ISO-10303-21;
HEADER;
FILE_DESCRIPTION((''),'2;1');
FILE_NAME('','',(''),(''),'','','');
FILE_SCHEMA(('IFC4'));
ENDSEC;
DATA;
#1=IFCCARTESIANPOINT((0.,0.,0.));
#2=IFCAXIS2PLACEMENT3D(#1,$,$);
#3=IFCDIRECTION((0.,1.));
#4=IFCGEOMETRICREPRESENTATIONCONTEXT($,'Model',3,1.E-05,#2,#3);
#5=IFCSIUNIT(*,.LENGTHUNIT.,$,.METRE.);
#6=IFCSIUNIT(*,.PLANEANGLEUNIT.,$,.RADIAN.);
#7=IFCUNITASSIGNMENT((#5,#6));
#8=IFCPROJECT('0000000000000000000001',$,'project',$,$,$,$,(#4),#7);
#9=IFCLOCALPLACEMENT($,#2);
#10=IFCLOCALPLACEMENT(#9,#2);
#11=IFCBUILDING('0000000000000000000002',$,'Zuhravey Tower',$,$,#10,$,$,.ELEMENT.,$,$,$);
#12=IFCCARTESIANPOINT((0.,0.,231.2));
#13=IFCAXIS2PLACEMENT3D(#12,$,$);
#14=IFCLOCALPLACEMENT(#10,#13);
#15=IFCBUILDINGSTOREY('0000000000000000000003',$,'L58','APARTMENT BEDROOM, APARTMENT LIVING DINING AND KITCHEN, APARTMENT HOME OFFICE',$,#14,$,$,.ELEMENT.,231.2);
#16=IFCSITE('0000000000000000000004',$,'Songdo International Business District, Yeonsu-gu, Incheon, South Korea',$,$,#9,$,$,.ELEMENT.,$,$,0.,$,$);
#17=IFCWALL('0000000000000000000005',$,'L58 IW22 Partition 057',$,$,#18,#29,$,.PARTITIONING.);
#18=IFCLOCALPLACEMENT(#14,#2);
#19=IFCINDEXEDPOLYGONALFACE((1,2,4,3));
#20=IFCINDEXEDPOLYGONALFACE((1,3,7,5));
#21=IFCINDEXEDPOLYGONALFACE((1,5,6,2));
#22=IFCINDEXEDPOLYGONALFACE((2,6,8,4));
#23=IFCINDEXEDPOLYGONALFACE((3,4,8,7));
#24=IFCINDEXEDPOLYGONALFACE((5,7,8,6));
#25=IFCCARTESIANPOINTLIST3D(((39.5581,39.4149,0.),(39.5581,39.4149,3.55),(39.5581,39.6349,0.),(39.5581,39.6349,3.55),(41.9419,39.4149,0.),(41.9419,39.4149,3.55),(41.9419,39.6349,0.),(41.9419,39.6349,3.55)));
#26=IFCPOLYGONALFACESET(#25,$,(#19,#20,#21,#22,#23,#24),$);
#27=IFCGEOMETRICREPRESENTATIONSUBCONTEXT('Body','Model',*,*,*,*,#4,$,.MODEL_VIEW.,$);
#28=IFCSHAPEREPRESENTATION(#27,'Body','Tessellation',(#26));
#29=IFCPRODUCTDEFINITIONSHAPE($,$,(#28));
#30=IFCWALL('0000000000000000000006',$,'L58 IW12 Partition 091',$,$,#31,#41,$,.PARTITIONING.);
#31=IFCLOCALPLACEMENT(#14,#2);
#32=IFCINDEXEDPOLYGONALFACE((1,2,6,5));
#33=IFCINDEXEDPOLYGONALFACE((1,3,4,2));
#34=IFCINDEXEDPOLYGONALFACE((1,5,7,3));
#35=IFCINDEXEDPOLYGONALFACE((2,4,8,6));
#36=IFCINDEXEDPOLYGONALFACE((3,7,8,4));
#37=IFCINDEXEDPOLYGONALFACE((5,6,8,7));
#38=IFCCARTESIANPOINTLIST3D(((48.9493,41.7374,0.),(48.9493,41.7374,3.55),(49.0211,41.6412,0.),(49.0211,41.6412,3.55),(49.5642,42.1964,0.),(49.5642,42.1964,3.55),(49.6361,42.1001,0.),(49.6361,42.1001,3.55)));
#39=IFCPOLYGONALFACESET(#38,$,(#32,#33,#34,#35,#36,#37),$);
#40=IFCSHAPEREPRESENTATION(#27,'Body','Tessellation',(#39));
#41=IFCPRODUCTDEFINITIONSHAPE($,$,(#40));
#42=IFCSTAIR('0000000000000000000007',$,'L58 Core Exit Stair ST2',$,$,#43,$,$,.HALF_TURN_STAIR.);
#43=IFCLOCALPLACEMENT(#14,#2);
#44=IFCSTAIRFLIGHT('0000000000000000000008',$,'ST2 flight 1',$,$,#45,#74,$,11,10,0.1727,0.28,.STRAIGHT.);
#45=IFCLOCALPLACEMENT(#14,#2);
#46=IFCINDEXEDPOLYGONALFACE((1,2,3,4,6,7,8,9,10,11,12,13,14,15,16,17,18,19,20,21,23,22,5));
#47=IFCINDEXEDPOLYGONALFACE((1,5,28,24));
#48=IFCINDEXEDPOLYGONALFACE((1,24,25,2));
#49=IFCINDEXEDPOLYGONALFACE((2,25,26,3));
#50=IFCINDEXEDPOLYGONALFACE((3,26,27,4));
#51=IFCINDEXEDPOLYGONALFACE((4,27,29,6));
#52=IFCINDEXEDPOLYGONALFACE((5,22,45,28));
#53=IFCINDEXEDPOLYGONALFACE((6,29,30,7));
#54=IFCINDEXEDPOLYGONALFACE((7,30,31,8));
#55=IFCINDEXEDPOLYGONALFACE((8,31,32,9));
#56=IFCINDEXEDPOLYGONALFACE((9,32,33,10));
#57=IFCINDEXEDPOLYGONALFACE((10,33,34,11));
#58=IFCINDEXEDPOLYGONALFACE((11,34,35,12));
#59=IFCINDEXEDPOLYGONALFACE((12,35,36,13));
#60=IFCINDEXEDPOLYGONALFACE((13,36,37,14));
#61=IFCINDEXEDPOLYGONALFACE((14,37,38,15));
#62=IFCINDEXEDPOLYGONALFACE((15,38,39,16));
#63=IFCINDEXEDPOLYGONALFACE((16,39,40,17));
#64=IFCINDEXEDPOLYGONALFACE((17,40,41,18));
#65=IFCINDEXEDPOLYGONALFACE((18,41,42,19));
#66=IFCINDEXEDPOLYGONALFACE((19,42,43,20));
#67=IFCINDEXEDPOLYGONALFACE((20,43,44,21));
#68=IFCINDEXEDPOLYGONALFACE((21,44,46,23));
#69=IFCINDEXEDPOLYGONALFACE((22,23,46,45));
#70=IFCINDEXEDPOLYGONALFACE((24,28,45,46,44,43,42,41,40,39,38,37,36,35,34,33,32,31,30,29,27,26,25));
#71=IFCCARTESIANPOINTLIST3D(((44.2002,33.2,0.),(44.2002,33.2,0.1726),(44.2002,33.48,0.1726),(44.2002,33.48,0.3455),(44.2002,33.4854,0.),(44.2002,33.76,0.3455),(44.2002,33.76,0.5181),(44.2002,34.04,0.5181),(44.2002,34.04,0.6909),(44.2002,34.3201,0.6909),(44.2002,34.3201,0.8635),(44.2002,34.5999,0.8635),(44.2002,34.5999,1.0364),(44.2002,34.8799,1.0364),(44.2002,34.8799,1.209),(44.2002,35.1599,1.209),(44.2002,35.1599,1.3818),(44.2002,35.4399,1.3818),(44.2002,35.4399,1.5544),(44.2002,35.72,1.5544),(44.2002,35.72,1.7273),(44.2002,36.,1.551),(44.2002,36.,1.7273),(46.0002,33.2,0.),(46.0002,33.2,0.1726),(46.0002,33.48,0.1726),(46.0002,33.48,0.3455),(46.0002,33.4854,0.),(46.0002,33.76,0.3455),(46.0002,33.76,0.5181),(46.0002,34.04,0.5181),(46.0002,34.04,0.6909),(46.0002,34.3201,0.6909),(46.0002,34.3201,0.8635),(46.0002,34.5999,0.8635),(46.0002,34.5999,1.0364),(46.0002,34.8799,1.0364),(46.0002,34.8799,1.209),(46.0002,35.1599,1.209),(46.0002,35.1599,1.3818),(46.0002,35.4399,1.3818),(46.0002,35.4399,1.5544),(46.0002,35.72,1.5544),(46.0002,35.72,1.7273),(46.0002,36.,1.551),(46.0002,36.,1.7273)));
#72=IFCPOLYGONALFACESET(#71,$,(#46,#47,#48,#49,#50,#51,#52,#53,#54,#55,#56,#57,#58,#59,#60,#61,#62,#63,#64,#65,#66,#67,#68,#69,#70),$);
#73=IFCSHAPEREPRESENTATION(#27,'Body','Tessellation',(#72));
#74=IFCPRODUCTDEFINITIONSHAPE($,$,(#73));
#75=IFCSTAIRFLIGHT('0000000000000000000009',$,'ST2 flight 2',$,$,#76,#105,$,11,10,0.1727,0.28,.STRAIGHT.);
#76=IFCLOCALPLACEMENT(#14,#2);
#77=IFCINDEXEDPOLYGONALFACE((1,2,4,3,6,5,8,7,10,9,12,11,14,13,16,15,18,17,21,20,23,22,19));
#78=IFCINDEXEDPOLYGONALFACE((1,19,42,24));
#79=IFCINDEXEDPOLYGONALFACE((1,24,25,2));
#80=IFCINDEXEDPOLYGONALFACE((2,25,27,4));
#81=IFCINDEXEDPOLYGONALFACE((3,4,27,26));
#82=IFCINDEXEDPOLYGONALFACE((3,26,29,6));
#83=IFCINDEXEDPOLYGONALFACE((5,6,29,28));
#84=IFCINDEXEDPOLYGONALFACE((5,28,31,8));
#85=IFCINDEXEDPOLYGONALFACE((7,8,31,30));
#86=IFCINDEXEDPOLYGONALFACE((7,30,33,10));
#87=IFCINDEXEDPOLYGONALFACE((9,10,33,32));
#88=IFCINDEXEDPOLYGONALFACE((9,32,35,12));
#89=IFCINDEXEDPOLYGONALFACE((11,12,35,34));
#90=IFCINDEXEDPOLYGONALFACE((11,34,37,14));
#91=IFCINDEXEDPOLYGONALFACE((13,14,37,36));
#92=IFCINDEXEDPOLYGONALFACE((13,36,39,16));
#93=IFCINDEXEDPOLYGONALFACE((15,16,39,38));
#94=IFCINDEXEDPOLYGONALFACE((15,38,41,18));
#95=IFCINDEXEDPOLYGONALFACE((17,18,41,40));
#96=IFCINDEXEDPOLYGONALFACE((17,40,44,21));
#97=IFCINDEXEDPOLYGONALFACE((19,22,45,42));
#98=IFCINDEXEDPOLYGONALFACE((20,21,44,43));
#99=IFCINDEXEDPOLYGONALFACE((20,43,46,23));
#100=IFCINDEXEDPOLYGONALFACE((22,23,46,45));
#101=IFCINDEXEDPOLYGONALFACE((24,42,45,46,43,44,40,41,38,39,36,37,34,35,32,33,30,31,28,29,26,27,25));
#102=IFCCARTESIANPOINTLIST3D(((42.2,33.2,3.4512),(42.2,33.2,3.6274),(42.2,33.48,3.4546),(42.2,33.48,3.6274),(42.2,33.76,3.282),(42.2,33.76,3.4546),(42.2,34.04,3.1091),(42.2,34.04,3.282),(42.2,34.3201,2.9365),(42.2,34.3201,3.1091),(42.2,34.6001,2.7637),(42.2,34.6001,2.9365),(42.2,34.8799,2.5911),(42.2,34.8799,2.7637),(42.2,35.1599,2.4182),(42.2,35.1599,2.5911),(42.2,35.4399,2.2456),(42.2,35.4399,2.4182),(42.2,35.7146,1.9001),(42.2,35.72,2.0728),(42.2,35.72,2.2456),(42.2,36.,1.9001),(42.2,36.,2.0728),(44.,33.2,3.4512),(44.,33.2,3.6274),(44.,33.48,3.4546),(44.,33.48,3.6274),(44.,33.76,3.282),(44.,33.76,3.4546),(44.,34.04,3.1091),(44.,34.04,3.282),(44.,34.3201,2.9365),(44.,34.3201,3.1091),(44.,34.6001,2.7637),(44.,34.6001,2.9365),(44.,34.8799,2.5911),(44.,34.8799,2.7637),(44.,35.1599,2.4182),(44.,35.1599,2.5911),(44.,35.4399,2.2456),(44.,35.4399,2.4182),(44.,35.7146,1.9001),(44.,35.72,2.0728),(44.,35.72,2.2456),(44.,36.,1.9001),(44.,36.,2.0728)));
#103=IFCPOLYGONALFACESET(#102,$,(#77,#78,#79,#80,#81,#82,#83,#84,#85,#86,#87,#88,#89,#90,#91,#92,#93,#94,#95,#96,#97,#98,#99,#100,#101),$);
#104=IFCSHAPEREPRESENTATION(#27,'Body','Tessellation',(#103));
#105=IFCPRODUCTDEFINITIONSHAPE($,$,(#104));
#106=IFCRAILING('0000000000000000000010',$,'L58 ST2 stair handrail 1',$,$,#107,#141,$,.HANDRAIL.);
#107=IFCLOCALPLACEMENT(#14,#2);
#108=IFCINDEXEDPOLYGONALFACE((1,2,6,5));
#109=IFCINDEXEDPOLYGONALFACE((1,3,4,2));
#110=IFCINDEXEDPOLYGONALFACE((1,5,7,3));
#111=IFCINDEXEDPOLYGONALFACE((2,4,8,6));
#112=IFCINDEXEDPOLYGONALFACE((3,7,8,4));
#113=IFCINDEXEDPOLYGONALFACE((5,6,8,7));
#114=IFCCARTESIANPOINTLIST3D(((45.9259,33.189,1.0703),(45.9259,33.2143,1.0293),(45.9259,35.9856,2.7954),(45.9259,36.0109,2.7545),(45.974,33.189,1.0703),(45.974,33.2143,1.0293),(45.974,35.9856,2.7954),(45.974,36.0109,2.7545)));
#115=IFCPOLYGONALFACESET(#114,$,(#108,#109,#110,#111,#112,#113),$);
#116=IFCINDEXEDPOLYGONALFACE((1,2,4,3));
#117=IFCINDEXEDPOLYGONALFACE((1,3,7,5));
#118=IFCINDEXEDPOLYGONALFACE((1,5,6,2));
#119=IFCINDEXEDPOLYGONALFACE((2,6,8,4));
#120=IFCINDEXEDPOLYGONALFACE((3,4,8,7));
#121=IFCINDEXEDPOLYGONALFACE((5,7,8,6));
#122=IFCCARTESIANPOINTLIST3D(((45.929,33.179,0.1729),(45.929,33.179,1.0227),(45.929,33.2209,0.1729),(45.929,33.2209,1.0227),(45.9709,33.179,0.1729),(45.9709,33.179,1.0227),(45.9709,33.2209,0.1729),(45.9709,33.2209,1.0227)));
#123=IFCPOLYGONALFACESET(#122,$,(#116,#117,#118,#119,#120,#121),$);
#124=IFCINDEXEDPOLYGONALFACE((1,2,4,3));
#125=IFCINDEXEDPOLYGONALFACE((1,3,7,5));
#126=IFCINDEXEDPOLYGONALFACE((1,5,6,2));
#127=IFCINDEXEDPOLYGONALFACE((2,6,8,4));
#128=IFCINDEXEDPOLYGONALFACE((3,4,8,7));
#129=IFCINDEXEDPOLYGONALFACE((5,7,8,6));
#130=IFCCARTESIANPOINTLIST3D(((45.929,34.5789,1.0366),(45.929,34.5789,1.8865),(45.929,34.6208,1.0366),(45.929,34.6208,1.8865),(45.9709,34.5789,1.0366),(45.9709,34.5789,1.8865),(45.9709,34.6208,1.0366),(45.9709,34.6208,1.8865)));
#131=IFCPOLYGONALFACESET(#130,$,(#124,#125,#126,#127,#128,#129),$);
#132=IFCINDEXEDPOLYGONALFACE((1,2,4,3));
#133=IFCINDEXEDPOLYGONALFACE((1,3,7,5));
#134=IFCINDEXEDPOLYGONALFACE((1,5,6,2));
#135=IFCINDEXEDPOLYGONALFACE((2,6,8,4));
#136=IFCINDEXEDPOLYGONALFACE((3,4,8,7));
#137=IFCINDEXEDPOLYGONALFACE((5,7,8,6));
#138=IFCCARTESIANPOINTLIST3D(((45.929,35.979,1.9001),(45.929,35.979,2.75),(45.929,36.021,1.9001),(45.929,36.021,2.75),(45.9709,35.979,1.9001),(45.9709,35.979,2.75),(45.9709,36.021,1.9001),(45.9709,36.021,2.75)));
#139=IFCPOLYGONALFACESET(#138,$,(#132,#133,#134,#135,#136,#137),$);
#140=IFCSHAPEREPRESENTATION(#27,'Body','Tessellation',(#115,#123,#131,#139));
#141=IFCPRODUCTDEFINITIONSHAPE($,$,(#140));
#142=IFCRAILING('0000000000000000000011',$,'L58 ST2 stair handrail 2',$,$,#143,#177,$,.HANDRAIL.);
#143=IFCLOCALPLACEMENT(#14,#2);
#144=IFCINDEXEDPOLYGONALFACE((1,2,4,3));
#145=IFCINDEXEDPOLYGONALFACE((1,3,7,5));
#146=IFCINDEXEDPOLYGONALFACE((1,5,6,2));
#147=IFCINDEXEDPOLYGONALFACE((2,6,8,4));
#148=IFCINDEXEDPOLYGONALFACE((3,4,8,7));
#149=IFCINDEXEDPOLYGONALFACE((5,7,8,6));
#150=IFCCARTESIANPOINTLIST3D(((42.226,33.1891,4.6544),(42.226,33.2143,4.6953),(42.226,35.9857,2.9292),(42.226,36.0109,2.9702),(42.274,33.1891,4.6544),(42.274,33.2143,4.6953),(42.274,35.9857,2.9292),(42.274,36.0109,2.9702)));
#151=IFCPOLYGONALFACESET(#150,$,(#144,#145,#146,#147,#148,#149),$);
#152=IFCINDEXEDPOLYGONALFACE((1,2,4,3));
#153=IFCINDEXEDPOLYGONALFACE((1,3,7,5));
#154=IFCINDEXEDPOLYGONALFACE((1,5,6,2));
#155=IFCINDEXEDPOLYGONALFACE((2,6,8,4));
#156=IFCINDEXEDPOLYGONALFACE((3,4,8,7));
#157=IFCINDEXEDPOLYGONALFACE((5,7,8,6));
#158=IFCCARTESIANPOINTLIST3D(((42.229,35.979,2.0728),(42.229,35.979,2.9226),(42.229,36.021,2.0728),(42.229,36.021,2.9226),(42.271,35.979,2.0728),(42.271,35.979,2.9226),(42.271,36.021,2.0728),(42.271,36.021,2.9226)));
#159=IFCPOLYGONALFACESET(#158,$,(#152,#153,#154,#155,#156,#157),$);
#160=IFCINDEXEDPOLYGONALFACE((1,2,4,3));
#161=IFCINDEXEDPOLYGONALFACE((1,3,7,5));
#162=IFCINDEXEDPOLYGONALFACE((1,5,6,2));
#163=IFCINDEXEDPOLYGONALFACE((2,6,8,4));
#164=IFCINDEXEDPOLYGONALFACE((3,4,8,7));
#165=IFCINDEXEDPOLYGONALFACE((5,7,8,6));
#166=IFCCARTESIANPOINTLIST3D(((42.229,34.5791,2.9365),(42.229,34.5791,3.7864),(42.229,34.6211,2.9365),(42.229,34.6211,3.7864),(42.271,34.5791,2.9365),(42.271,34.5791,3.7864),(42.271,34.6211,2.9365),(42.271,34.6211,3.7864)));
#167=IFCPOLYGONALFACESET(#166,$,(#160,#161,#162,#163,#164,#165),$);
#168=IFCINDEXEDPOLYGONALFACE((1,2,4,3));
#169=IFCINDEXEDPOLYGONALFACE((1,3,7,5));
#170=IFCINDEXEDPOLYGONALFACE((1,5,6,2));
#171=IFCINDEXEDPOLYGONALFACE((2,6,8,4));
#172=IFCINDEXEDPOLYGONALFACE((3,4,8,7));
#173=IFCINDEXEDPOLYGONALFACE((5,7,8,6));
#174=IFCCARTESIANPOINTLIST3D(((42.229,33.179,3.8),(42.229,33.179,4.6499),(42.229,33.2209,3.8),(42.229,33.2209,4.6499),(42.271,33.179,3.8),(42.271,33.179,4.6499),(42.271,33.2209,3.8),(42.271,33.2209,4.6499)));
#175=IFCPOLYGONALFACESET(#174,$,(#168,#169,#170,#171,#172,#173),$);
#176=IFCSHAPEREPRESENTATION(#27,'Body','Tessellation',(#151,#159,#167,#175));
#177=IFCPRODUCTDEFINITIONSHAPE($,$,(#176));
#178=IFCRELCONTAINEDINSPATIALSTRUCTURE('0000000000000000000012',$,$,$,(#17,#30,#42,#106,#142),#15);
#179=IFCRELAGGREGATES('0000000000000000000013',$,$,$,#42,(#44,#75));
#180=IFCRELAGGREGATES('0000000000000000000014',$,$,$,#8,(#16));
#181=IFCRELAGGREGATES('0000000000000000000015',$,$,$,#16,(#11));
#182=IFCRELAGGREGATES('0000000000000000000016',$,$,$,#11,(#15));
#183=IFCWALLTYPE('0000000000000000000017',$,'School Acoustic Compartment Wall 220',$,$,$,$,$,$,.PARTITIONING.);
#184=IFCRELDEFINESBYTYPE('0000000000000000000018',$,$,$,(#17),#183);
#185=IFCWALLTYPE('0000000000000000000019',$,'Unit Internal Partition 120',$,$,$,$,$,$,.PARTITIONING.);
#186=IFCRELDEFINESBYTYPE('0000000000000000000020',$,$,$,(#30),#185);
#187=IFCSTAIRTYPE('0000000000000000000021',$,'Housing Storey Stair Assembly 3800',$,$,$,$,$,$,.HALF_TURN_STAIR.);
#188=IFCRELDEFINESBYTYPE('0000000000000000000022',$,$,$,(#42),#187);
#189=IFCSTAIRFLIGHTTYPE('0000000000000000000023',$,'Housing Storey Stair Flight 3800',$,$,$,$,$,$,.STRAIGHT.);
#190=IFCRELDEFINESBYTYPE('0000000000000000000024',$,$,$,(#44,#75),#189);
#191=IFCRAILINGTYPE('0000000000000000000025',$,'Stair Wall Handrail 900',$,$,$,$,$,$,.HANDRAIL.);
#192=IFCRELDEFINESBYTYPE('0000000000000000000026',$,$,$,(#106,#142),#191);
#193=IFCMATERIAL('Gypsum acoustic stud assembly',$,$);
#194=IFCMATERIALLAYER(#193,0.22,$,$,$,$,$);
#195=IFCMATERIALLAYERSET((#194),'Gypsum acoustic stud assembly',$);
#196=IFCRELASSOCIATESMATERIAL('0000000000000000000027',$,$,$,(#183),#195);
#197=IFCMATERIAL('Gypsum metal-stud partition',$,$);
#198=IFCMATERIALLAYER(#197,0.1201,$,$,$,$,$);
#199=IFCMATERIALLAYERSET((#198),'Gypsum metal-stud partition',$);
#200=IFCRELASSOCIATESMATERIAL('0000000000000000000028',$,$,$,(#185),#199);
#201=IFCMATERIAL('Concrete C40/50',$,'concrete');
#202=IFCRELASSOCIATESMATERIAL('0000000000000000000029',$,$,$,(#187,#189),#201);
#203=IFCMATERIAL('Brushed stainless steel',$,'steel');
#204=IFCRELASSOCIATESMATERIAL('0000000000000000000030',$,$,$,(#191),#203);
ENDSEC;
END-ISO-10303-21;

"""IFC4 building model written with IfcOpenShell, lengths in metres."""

from ifc_helpers import new_model, si_unit, direction, frame, frame_2d, origin, origin_2d, place, context, subcontext, project, spatial, polyline, rectangle, outline, extrude, material, layer, layer_set, type_object, element, aggregate, save


model = new_model("IFC4")

# Units and contexts
model_context = context("Model", 3, precision=1e-05, world=origin(), true_north=direction((0.0, 1.0)))
body_context = subcontext(model_context, "Body", "Model", "MODEL_VIEW")
ifc_project = project(units=[si_unit("LENGTHUNIT", "METRE"), si_unit("PLANEANGLEUNIT", "RADIAN")], contexts=[model_context])

# Site, building, storey
site_placement = place(None, origin())
site = spatial("IfcSite", under=ifc_project, at=site_placement, Name="Songdo International Business District, Yeonsu-gu, Incheon, South Korea", CompositionType="ELEMENT", RefElevation=0.0)
building_placement = place(site_placement, origin())
building = spatial("IfcBuilding", under=site, at=building_placement, Name="Zuhravey Tower", CompositionType="ELEMENT")
storey_placement = place(building_placement, frame((0.0, 0.0, 231.2)))
storey = spatial("IfcBuildingStorey", under=building, at=storey_placement, Name="L58", Description="APARTMENT BEDROOM, APARTMENT LIVING DINING AND KITCHEN, APARTMENT HOME OFFICE", CompositionType="ELEMENT", Elevation=231.2)

# Walls
ifc_material_1 = material(Name="Gypsum acoustic stud assembly")
ifc_layer_1 = layer(ifc_material_1, 0.22)
ifc_layer_set_1 = layer_set([ifc_layer_1], Name="Gypsum acoustic stud assembly")
wall_type_1 = type_object("IfcWallType", Name="School Acoustic Compartment Wall 220", PredefinedType="PARTITIONING", material=ifc_layer_set_1)
for number, where, z_axis, x_axis, name in (
    (1, (39.5581, 39.5249, 0.0), (0.0, 0.0, 1.0), (1.0, 0.0, 0.0), "L58 IW22 Partition 057"),
):
    element("IfcWall", number, at=place(storey_placement, frame(where, z_axis=z_axis, x_axis=x_axis)), inside=storey, type_object=wall_type_1, Name=name, PredefinedType="PARTITIONING", context=body_context, shape_type="SweptSolid", body=[
        extrude(rectangle(XDim=2.3838, YDim=0.22, at=frame_2d((1.1919, 0.0))), origin(), (0.0, 0.0, 1.0), 3.55),
    ])
ifc_material_2 = material(Name="Gypsum metal-stud partition")
ifc_layer_2 = layer(ifc_material_2, 0.1201)
ifc_layer_set_2 = layer_set([ifc_layer_2], Name="Gypsum metal-stud partition")
wall_type_2 = type_object("IfcWallType", Name="Unit Internal Partition 120", PredefinedType="PARTITIONING", material=ifc_layer_set_2)
wall_1_placement = place(storey_placement, frame((48.9851, 41.6892, 0.0), z_axis=(0.0, 0.0, 1.0), x_axis=(0.80141, 0.598115, 0.0)))
element("IfcWall", 2, at=wall_1_placement, inside=storey, type_object=wall_type_2, Name="L58 IW12 Partition 091", PredefinedType="PARTITIONING", context=body_context, shape_type="SweptSolid", body=[
    extrude(rectangle(XDim=0.7673, YDim=0.1201, at=frame_2d((0.3838, 0.0))), origin(), (0.0, 0.0, 1.0), 3.55),
])

# Stair, stair flights
ifc_material_3 = material(Name="Concrete C40/50", Category="concrete")
stair_type = type_object("IfcStairType", Name="Housing Storey Stair Assembly 3800", PredefinedType="HALF_TURN_STAIR", material=ifc_material_3)
stair_placement = place(storey_placement, origin())
stair = element("IfcStair", 3, at=stair_placement, inside=storey, type_object=stair_type, Name="L58 Core Exit Stair ST2", PredefinedType="HALF_TURN_STAIR")
stair_flight_type = type_object("IfcStairFlightType", Name="Housing Storey Stair Flight 3800", PredefinedType="STRAIGHT", material=ifc_material_3)
stair_flight_1_placement = place(storey_placement, frame((45.1001, 33.2, 0.0), z_axis=(0.0, 0.0, 1.0), x_axis=(0.0, 1.0, 0.0)))
stair_flight_1 = element("IfcStairFlight", 4, at=stair_flight_1_placement, type_object=stair_flight_type, Name="ST2 flight 1", NumberOfRisers=11, NumberOfTreads=10, PredefinedType="STRAIGHT", RiserHeight=0.1727, TreadLength=0.28, context=body_context, shape_type="SweptSolid", body=[
    extrude(outline(polyline([(0.0, 0.0), (0.0, 0.1726), (0.28, 0.1726), (0.28, 0.3455), (0.5601, 0.3455), (0.5601, 0.5181), (0.8401, 0.5181), (0.8401, 0.6909), (1.1201, 0.6909), (1.1201, 0.8635), (1.3999, 0.8635), (1.3999, 1.0364), (1.6799, 1.0364), (1.6799, 1.209), (1.96, 1.209), (1.96, 1.3818), (2.24, 1.3818), (2.24, 1.5544), (2.52, 1.5544), (2.52, 1.7273), (2.8, 1.7273), (2.8, 1.8999), (2.8, 1.551), (0.2854, 0.0), (0.0, 0.0)])), frame((0.0, 0.8999, 0.0), z_axis=(0.0, -1.0, 0.0), x_axis=(1.0, 0.0, 0.0)), (0.0, 0.0, 1.0), 1.8),
])
stair_flight_2_placement = place(storey_placement, frame((43.1001, 36.0, 1.9001), z_axis=(0.0, 0.0, 1.0), x_axis=(0.0, -1.0, 0.0)))
stair_flight_2 = element("IfcStairFlight", 5, at=stair_flight_2_placement, type_object=stair_flight_type, Name="ST2 flight 2", NumberOfRisers=11, NumberOfTreads=10, PredefinedType="STRAIGHT", RiserHeight=0.1727, TreadLength=0.28, context=body_context, shape_type="SweptSolid", body=[
    extrude(outline(polyline([(0.0, 0.0), (0.0, 0.1726), (0.28, 0.1726), (0.28, 0.3455), (0.5601, 0.3455), (0.5601, 0.5181), (0.8401, 0.5181), (0.8401, 0.6909), (1.1201, 0.6909), (1.1201, 0.8635), (1.3999, 0.8635), (1.3999, 1.0364), (1.6799, 1.0364), (1.6799, 1.209), (1.96, 1.209), (1.96, 1.3818), (2.24, 1.3818), (2.24, 1.5544), (2.52, 1.5544), (2.52, 1.7273), (2.8, 1.7273), (2.8, 1.8999), (2.8, 1.551), (0.2854, 0.0), (0.0, 0.0)])), frame((0.0, 0.8999, 0.0), z_axis=(0.0, -1.0, 0.0), x_axis=(1.0, 0.0, 0.0)), (0.0, 0.0, 1.0), 1.8),
])
aggregate(stair, [stair_flight_1, stair_flight_2])

# Railings
ifc_material_4 = material(Name="Brushed stainless steel", Category="steel")
railing_type_1 = type_object("IfcRailingType", Name="Stair Wall Handrail 900", PredefinedType="HANDRAIL", material=ifc_material_4)
railing_1_placement = place(storey_placement, frame((45.95, 33.2, 0.1729)))
element("IfcRailing", 6, at=railing_1_placement, inside=storey, type_object=railing_type_1, Name="L58 ST2 stair handrail 1", PredefinedType="HANDRAIL", context=body_context, shape_type="SweptSolid", body=[
    extrude(rectangle(XDim=0.0481, YDim=0.0481, at=origin_2d()), frame((0.0, 0.0017, 0.877), z_axis=(0.0, 0.85109, 0.52502), x_axis=(-1.0, 0.0, 0.0)), (0.0, 0.0, 1.0), 3.2859),
    extrude(rectangle(XDim=0.042, YDim=0.042, at=origin_2d()), origin(), (0.0, 0.0, 1.0), 0.8499),
    extrude(rectangle(XDim=0.042, YDim=0.042, at=origin_2d()), frame((0.0, 1.3999, 0.8638)), (0.0, 0.0, 1.0), 0.8499),
    extrude(rectangle(XDim=0.042, YDim=0.042, at=origin_2d()), frame((0.0, 2.8, 1.7273)), (0.0, 0.0, 1.0), 0.8499),
])
railing_2_placement = place(storey_placement, frame((42.25, 36.0, 2.0728)))
element("IfcRailing", 7, at=railing_2_placement, inside=storey, type_object=railing_type_1, Name="L58 ST2 stair handrail 2", PredefinedType="HANDRAIL", context=body_context, shape_type="SweptSolid", body=[
    extrude(rectangle(XDim=0.0481, YDim=0.0481, at=origin_2d()), frame((0.0, -0.0017, 0.877), z_axis=(0.0, -0.85109, 0.52502), x_axis=(1.0, 0.0, 0.0)), (0.0, 0.0, 1.0), 3.2859),
    extrude(rectangle(XDim=0.042, YDim=0.042, at=origin_2d()), origin(), (0.0, 0.0, 1.0), 0.8499),
    extrude(rectangle(XDim=0.042, YDim=0.042, at=origin_2d()), frame((0.0, -1.3999, 0.8638)), (0.0, 0.0, 1.0), 0.8499),
    extrude(rectangle(XDim=0.042, YDim=0.042, at=origin_2d()), frame((0.0, -2.8, 1.7273)), (0.0, 0.0, 1.0), 0.8499),
])

save(model, "model.ifc")
